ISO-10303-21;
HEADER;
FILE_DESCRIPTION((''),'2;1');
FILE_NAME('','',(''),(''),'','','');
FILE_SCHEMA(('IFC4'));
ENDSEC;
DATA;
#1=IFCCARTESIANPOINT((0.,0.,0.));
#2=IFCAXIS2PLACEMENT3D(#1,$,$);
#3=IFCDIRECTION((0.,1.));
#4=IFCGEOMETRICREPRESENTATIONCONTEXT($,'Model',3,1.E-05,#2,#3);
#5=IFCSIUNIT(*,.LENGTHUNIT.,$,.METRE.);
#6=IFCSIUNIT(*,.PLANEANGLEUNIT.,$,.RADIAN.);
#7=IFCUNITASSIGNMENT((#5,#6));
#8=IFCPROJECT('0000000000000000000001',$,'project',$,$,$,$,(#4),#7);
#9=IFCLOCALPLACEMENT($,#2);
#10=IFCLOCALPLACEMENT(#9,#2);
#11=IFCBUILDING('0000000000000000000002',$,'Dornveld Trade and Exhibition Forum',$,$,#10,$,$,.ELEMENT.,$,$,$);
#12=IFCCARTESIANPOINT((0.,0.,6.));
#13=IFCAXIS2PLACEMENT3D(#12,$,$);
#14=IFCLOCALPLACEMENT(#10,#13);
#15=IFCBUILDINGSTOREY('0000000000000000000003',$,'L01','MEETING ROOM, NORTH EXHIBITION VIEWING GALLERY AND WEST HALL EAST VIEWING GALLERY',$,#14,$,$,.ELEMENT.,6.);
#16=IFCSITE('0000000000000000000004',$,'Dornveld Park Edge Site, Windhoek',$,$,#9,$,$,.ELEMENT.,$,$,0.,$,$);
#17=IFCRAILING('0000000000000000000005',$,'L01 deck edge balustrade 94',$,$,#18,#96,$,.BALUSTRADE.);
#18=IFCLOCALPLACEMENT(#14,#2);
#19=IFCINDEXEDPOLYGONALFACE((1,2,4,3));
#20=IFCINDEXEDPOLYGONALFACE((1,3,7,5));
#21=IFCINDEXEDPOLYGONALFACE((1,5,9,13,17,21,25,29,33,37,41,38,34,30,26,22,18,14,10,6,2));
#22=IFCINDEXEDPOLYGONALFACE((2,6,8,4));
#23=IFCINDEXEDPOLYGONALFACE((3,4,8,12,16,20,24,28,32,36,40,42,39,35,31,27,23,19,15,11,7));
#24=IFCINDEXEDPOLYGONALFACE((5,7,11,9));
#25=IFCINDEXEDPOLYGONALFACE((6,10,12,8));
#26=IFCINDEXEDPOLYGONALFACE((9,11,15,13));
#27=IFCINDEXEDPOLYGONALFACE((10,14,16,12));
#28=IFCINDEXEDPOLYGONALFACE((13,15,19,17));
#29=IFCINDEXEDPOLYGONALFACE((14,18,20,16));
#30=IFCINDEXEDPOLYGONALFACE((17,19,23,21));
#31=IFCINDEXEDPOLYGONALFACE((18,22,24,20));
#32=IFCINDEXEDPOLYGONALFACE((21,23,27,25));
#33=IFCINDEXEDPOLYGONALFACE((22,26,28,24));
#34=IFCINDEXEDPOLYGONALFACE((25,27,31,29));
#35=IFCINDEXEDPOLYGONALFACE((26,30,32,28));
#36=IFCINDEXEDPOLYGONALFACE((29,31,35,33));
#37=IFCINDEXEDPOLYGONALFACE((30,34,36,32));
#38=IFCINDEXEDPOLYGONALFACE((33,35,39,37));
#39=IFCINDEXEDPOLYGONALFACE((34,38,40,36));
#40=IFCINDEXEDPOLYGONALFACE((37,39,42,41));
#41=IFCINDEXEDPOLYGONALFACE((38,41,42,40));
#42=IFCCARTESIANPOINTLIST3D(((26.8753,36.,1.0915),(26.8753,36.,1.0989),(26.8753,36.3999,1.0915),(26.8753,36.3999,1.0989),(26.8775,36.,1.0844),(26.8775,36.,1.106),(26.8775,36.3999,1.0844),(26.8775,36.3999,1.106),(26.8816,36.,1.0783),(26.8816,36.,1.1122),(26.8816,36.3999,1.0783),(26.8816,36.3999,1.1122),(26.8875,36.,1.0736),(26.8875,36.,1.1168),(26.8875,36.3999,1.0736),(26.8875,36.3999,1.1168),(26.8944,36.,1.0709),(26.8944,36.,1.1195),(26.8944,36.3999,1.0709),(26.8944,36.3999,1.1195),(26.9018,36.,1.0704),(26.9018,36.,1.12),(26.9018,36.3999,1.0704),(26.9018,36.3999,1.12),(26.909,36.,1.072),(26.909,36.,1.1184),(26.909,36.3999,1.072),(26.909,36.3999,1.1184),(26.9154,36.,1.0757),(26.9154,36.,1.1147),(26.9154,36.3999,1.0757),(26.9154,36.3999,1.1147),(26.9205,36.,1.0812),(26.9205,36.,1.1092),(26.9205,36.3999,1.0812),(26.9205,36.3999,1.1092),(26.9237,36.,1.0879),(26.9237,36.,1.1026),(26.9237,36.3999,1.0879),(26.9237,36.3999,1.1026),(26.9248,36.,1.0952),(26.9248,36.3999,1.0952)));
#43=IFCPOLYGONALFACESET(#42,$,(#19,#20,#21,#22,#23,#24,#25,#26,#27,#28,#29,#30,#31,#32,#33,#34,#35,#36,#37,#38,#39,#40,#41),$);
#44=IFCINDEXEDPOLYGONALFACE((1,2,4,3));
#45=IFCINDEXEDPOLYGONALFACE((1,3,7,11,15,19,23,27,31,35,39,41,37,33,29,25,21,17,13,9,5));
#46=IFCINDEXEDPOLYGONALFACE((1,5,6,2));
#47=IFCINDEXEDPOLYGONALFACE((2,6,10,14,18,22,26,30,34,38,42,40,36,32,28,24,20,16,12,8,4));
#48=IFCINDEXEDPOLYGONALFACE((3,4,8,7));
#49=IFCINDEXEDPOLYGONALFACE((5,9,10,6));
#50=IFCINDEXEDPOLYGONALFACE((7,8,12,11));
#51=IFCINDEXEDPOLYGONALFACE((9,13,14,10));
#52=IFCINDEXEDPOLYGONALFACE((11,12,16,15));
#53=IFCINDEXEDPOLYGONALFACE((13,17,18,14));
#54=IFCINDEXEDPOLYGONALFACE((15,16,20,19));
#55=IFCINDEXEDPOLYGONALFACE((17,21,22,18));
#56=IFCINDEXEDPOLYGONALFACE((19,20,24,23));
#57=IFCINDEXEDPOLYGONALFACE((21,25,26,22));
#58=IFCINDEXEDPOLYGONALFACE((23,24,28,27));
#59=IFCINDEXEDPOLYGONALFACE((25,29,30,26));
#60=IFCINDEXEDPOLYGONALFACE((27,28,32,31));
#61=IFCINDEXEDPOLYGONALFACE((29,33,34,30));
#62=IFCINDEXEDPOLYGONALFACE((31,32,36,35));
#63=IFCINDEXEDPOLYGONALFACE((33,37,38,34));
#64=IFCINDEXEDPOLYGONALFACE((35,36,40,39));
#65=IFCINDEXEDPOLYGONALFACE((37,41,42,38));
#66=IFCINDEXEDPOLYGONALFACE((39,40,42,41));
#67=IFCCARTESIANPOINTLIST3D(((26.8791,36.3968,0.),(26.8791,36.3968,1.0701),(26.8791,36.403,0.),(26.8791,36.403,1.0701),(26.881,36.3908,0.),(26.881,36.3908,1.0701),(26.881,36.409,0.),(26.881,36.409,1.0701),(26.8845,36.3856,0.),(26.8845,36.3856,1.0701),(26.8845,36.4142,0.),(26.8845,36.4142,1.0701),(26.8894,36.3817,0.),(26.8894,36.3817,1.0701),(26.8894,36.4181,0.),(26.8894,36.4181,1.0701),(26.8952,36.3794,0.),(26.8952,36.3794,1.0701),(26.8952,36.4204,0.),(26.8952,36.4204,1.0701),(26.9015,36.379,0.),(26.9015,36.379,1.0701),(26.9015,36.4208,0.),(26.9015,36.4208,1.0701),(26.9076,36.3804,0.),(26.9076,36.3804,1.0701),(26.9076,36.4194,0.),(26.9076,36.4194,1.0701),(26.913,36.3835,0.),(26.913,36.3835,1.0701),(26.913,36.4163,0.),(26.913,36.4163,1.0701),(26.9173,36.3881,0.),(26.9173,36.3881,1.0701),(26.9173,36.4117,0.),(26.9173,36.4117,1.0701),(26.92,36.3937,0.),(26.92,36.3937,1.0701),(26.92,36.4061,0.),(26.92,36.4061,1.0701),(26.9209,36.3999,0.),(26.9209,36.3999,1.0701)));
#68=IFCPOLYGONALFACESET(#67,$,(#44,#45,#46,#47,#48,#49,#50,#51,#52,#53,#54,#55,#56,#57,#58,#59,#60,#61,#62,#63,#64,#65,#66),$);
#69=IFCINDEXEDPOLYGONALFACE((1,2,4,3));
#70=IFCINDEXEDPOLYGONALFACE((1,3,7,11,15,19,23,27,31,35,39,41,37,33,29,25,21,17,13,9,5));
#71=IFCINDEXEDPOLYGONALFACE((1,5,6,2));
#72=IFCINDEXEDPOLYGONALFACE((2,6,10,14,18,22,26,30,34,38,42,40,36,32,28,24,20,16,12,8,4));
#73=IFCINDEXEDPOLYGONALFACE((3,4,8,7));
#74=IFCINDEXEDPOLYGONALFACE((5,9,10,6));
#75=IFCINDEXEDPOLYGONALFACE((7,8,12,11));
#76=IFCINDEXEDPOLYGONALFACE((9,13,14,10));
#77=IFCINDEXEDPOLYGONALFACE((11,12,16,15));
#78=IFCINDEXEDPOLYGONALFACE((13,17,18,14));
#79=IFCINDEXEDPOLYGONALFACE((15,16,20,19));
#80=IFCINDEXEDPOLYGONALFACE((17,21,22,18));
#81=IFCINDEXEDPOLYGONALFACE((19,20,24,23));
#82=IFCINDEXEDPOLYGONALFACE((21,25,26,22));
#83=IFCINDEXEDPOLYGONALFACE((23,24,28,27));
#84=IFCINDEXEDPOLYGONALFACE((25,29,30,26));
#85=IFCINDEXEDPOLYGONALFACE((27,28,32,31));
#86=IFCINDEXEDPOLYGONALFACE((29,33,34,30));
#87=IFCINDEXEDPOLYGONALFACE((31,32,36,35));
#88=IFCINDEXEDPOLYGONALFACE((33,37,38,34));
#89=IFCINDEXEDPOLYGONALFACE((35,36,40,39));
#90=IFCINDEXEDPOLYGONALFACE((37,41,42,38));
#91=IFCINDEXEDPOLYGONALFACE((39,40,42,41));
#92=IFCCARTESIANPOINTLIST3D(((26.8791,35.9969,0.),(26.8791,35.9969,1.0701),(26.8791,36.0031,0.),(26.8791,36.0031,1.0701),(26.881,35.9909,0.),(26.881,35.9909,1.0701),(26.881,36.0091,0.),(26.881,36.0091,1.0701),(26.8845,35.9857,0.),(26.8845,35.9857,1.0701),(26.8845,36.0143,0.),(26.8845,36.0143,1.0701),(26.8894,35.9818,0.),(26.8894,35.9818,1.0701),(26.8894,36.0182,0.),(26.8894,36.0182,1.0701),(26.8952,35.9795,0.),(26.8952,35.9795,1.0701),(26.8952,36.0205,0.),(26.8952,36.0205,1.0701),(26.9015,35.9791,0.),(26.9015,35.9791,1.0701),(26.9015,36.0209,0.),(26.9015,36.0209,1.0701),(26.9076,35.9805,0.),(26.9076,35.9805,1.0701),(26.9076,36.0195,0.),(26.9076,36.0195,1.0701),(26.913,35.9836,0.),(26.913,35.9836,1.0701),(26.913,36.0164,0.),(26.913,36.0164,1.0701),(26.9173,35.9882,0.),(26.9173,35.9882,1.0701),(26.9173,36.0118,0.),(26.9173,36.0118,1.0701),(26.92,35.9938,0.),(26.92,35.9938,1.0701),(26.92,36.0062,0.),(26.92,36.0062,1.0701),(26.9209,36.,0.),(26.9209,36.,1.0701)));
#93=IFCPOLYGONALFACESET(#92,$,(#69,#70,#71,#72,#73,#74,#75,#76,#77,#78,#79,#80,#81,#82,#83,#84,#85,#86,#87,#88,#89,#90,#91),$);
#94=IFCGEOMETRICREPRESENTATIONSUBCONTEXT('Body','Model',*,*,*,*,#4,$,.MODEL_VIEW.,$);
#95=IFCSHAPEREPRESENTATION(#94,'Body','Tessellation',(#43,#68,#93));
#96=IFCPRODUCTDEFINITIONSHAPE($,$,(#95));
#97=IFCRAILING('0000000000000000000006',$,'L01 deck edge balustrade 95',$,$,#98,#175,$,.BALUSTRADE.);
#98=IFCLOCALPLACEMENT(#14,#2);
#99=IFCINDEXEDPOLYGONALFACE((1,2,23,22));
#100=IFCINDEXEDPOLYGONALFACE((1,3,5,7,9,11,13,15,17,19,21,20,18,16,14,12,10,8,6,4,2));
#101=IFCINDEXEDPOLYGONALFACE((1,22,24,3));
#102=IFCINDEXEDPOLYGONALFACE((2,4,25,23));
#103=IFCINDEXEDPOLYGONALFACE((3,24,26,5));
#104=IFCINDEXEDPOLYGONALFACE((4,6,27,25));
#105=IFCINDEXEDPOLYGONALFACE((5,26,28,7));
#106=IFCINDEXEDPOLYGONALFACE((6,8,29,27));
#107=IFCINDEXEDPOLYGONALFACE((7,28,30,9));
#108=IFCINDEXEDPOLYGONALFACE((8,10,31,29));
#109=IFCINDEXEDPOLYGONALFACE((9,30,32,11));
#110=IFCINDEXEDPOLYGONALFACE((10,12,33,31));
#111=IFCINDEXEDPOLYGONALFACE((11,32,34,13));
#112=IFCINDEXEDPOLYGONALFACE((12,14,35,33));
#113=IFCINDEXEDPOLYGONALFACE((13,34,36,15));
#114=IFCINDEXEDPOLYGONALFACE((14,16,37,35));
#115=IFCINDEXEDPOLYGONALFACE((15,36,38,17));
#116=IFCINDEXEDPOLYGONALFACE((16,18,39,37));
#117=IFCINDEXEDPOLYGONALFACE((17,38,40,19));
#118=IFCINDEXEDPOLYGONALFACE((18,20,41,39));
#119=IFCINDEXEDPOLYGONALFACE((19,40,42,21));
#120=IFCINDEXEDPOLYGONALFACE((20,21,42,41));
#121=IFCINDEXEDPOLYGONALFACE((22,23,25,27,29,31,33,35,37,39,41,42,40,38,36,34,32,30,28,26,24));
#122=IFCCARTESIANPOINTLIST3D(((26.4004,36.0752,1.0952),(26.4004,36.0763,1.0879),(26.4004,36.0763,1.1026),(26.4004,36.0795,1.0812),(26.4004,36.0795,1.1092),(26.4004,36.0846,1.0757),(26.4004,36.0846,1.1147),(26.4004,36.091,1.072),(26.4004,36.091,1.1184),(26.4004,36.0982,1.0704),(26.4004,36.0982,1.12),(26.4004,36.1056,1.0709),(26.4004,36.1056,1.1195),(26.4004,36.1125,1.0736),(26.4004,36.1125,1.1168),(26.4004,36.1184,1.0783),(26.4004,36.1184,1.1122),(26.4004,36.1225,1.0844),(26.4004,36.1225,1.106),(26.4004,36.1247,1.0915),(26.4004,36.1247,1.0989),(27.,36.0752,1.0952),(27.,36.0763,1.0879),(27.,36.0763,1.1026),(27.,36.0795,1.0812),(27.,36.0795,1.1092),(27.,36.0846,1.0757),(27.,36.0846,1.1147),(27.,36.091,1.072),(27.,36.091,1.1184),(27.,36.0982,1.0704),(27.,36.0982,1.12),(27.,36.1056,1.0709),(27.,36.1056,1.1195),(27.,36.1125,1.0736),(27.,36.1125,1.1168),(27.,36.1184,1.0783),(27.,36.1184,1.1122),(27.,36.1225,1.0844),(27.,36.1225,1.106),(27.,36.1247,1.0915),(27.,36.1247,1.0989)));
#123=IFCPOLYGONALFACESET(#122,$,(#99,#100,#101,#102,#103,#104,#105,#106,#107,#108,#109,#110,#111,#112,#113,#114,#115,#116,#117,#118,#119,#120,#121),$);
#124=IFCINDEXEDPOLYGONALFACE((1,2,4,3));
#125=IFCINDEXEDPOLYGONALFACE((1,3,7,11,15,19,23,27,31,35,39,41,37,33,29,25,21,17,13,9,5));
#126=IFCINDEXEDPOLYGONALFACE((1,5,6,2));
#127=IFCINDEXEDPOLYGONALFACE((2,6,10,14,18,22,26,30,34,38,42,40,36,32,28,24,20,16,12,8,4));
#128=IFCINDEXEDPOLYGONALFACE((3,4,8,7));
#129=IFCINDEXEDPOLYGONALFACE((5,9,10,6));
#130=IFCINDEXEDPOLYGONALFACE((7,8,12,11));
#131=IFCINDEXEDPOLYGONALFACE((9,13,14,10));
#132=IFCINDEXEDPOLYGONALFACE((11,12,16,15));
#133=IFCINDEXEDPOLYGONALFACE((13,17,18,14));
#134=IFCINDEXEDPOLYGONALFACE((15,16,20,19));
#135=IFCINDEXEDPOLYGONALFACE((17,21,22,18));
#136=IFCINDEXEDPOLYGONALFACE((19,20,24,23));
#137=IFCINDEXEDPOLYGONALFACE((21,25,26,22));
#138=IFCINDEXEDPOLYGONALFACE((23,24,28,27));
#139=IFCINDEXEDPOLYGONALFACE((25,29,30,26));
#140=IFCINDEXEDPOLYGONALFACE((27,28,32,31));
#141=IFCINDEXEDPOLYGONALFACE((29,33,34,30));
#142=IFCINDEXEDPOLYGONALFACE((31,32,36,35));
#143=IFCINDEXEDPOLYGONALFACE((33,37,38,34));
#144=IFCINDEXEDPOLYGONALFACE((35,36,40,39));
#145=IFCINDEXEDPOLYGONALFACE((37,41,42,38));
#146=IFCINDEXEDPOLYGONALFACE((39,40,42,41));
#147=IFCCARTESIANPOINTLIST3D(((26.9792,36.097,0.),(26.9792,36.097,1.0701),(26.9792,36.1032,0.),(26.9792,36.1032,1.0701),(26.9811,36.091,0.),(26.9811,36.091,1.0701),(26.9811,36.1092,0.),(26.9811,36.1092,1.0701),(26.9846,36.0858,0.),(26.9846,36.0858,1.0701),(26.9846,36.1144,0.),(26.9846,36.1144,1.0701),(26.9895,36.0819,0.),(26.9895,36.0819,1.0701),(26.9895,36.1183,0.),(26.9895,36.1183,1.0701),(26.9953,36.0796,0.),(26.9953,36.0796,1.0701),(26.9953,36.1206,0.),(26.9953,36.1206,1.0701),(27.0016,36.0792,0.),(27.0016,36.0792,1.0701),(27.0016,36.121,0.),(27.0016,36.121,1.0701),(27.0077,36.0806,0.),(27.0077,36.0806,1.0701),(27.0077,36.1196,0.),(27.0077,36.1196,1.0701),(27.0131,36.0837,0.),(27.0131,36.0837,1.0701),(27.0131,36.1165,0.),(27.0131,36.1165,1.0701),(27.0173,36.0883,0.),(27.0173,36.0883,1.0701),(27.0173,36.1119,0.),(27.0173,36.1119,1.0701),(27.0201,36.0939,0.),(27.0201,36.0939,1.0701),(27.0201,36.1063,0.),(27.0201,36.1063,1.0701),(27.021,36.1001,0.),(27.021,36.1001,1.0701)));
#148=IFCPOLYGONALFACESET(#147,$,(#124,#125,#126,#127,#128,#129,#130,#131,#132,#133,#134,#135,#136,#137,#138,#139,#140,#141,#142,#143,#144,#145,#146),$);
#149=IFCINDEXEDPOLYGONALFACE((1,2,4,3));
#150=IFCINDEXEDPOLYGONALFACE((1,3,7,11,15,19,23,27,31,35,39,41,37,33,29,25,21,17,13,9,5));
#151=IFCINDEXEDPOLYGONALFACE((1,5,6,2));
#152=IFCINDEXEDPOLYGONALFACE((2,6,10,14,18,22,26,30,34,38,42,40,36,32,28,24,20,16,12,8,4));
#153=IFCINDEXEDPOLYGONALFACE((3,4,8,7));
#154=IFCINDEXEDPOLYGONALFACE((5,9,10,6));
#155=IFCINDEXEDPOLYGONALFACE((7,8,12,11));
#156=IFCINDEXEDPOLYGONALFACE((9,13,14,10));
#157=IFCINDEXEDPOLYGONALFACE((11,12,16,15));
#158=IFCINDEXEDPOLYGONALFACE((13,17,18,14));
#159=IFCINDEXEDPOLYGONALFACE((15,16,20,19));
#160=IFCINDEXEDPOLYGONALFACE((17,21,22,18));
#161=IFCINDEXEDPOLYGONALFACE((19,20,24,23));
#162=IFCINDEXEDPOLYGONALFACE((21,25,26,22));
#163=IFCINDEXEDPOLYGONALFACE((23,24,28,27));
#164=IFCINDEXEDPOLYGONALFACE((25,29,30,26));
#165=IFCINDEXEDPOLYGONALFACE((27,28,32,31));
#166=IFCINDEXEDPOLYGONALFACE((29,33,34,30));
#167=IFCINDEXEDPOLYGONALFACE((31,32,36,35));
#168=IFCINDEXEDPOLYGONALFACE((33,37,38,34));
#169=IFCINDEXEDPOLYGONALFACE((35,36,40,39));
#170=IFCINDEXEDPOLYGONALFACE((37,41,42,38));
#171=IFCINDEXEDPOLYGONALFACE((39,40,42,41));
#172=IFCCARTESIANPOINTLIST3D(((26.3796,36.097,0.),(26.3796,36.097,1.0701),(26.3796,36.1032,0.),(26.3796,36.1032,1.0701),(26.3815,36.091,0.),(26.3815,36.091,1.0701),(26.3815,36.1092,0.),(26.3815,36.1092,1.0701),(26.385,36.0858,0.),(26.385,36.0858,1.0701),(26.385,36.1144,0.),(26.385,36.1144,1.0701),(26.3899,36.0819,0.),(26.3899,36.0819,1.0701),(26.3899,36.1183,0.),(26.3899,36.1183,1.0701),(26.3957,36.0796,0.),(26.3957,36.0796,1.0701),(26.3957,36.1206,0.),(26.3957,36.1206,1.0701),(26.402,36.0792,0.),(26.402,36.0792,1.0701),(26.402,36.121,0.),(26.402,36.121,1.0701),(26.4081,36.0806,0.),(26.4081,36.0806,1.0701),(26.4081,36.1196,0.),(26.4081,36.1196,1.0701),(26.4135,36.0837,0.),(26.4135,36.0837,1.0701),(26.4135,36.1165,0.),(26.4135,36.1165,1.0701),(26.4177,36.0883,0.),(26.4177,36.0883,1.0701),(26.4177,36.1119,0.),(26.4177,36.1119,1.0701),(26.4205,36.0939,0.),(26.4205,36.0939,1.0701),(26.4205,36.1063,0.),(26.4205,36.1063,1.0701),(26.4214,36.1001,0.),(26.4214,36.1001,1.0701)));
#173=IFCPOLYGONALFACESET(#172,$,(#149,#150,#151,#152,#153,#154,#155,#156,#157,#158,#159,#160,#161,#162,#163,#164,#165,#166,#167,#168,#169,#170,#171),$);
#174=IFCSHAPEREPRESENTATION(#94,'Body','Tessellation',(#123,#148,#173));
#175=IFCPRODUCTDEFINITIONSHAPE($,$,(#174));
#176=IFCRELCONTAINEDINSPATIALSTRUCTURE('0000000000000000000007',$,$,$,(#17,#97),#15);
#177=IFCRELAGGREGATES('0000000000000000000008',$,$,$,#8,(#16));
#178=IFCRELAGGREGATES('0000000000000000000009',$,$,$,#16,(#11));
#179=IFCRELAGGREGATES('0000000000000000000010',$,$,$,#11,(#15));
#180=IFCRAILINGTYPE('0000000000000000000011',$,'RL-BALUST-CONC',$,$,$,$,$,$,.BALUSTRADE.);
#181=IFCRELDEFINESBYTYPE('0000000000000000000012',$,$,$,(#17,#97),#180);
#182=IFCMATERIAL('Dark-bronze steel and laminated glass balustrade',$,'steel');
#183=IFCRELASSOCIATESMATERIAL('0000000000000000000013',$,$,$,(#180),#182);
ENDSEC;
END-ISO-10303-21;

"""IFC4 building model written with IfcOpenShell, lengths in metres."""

from ifc_helpers import new_model, si_unit, direction, frame, origin, origin_2d, place, context, subcontext, project, spatial, circle, extrude, material, type_object, element, save


model = new_model("IFC4")

# Units and contexts
model_context = context("Model", 3, precision=1e-05, world=origin(), true_north=direction((0.0, 1.0)))
body_context = subcontext(model_context, "Body", "Model", "MODEL_VIEW")
ifc_project = project(units=[si_unit("LENGTHUNIT", "METRE"), si_unit("PLANEANGLEUNIT", "RADIAN")], contexts=[model_context])

# Site, building, storey
site_placement = place(None, origin())
site = spatial("IfcSite", under=ifc_project, at=site_placement, Name="Dornveld Park Edge Site, Windhoek", CompositionType="ELEMENT", RefElevation=0.0)
building_placement = place(site_placement, origin())
building = spatial("IfcBuilding", under=site, at=building_placement, Name="Dornveld Trade and Exhibition Forum", CompositionType="ELEMENT")
storey_placement = place(building_placement, frame((0.0, 0.0, 6.0)))
storey = spatial("IfcBuildingStorey", under=building, at=storey_placement, Name="L01", Description="MEETING ROOM, NORTH EXHIBITION VIEWING GALLERY AND WEST HALL EAST VIEWING GALLERY", CompositionType="ELEMENT", Elevation=6.0)

# Railings
ifc_material_1 = material(Name="Dark-bronze steel and laminated glass balustrade", Category="steel")
railing_type = type_object("IfcRailingType", Name="RL-BALUST-CONC", PredefinedType="BALUSTRADE", material=ifc_material_1)
railing_1_placement = place(storey_placement, frame((26.8999, 36.3999, 0.0)))
element("IfcRailing", 1, at=railing_1_placement, inside=storey, type_object=railing_type, Name="L01 deck edge balustrade 94", PredefinedType="BALUSTRADE", context=body_context, shape_type="SweptSolid", body=[
    extrude(circle(Radius=0.0249, at=origin_2d()), frame((0.0, 0.0, 1.0952), z_axis=(0.0, -1.0, 0.0), x_axis=(1.0, 0.0, 0.0)), (0.0, 0.0, 1.0), 0.3999),
    extrude(circle(Radius=0.021, at=origin_2d()), origin(), (0.0, 0.0, 1.0), 1.0701),
    extrude(circle(Radius=0.021, at=origin_2d()), frame((0.0, -0.3999, 0.0)), (0.0, 0.0, 1.0), 1.0701),
])
railing_2_placement = place(storey_placement, frame((27.0, 36.1001, 0.0)))
element("IfcRailing", 2, at=railing_2_placement, inside=storey, type_object=railing_type, Name="L01 deck edge balustrade 95", PredefinedType="BALUSTRADE", context=body_context, shape_type="SweptSolid", body=[
    extrude(circle(Radius=0.0249, at=origin_2d()), frame((0.0, 0.0, 1.0952), z_axis=(-1.0, 0.0, 0.0), x_axis=(0.0, -1.0, 0.0)), (0.0, 0.0, 1.0), 0.5996),
    extrude(circle(Radius=0.021, at=origin_2d()), origin(), (0.0, 0.0, 1.0), 1.0701),
    extrude(circle(Radius=0.021, at=origin_2d()), frame((-0.5996, 0.0, 0.0)), (0.0, 0.0, 1.0), 1.0701),
])

save(model, "model.ifc")
